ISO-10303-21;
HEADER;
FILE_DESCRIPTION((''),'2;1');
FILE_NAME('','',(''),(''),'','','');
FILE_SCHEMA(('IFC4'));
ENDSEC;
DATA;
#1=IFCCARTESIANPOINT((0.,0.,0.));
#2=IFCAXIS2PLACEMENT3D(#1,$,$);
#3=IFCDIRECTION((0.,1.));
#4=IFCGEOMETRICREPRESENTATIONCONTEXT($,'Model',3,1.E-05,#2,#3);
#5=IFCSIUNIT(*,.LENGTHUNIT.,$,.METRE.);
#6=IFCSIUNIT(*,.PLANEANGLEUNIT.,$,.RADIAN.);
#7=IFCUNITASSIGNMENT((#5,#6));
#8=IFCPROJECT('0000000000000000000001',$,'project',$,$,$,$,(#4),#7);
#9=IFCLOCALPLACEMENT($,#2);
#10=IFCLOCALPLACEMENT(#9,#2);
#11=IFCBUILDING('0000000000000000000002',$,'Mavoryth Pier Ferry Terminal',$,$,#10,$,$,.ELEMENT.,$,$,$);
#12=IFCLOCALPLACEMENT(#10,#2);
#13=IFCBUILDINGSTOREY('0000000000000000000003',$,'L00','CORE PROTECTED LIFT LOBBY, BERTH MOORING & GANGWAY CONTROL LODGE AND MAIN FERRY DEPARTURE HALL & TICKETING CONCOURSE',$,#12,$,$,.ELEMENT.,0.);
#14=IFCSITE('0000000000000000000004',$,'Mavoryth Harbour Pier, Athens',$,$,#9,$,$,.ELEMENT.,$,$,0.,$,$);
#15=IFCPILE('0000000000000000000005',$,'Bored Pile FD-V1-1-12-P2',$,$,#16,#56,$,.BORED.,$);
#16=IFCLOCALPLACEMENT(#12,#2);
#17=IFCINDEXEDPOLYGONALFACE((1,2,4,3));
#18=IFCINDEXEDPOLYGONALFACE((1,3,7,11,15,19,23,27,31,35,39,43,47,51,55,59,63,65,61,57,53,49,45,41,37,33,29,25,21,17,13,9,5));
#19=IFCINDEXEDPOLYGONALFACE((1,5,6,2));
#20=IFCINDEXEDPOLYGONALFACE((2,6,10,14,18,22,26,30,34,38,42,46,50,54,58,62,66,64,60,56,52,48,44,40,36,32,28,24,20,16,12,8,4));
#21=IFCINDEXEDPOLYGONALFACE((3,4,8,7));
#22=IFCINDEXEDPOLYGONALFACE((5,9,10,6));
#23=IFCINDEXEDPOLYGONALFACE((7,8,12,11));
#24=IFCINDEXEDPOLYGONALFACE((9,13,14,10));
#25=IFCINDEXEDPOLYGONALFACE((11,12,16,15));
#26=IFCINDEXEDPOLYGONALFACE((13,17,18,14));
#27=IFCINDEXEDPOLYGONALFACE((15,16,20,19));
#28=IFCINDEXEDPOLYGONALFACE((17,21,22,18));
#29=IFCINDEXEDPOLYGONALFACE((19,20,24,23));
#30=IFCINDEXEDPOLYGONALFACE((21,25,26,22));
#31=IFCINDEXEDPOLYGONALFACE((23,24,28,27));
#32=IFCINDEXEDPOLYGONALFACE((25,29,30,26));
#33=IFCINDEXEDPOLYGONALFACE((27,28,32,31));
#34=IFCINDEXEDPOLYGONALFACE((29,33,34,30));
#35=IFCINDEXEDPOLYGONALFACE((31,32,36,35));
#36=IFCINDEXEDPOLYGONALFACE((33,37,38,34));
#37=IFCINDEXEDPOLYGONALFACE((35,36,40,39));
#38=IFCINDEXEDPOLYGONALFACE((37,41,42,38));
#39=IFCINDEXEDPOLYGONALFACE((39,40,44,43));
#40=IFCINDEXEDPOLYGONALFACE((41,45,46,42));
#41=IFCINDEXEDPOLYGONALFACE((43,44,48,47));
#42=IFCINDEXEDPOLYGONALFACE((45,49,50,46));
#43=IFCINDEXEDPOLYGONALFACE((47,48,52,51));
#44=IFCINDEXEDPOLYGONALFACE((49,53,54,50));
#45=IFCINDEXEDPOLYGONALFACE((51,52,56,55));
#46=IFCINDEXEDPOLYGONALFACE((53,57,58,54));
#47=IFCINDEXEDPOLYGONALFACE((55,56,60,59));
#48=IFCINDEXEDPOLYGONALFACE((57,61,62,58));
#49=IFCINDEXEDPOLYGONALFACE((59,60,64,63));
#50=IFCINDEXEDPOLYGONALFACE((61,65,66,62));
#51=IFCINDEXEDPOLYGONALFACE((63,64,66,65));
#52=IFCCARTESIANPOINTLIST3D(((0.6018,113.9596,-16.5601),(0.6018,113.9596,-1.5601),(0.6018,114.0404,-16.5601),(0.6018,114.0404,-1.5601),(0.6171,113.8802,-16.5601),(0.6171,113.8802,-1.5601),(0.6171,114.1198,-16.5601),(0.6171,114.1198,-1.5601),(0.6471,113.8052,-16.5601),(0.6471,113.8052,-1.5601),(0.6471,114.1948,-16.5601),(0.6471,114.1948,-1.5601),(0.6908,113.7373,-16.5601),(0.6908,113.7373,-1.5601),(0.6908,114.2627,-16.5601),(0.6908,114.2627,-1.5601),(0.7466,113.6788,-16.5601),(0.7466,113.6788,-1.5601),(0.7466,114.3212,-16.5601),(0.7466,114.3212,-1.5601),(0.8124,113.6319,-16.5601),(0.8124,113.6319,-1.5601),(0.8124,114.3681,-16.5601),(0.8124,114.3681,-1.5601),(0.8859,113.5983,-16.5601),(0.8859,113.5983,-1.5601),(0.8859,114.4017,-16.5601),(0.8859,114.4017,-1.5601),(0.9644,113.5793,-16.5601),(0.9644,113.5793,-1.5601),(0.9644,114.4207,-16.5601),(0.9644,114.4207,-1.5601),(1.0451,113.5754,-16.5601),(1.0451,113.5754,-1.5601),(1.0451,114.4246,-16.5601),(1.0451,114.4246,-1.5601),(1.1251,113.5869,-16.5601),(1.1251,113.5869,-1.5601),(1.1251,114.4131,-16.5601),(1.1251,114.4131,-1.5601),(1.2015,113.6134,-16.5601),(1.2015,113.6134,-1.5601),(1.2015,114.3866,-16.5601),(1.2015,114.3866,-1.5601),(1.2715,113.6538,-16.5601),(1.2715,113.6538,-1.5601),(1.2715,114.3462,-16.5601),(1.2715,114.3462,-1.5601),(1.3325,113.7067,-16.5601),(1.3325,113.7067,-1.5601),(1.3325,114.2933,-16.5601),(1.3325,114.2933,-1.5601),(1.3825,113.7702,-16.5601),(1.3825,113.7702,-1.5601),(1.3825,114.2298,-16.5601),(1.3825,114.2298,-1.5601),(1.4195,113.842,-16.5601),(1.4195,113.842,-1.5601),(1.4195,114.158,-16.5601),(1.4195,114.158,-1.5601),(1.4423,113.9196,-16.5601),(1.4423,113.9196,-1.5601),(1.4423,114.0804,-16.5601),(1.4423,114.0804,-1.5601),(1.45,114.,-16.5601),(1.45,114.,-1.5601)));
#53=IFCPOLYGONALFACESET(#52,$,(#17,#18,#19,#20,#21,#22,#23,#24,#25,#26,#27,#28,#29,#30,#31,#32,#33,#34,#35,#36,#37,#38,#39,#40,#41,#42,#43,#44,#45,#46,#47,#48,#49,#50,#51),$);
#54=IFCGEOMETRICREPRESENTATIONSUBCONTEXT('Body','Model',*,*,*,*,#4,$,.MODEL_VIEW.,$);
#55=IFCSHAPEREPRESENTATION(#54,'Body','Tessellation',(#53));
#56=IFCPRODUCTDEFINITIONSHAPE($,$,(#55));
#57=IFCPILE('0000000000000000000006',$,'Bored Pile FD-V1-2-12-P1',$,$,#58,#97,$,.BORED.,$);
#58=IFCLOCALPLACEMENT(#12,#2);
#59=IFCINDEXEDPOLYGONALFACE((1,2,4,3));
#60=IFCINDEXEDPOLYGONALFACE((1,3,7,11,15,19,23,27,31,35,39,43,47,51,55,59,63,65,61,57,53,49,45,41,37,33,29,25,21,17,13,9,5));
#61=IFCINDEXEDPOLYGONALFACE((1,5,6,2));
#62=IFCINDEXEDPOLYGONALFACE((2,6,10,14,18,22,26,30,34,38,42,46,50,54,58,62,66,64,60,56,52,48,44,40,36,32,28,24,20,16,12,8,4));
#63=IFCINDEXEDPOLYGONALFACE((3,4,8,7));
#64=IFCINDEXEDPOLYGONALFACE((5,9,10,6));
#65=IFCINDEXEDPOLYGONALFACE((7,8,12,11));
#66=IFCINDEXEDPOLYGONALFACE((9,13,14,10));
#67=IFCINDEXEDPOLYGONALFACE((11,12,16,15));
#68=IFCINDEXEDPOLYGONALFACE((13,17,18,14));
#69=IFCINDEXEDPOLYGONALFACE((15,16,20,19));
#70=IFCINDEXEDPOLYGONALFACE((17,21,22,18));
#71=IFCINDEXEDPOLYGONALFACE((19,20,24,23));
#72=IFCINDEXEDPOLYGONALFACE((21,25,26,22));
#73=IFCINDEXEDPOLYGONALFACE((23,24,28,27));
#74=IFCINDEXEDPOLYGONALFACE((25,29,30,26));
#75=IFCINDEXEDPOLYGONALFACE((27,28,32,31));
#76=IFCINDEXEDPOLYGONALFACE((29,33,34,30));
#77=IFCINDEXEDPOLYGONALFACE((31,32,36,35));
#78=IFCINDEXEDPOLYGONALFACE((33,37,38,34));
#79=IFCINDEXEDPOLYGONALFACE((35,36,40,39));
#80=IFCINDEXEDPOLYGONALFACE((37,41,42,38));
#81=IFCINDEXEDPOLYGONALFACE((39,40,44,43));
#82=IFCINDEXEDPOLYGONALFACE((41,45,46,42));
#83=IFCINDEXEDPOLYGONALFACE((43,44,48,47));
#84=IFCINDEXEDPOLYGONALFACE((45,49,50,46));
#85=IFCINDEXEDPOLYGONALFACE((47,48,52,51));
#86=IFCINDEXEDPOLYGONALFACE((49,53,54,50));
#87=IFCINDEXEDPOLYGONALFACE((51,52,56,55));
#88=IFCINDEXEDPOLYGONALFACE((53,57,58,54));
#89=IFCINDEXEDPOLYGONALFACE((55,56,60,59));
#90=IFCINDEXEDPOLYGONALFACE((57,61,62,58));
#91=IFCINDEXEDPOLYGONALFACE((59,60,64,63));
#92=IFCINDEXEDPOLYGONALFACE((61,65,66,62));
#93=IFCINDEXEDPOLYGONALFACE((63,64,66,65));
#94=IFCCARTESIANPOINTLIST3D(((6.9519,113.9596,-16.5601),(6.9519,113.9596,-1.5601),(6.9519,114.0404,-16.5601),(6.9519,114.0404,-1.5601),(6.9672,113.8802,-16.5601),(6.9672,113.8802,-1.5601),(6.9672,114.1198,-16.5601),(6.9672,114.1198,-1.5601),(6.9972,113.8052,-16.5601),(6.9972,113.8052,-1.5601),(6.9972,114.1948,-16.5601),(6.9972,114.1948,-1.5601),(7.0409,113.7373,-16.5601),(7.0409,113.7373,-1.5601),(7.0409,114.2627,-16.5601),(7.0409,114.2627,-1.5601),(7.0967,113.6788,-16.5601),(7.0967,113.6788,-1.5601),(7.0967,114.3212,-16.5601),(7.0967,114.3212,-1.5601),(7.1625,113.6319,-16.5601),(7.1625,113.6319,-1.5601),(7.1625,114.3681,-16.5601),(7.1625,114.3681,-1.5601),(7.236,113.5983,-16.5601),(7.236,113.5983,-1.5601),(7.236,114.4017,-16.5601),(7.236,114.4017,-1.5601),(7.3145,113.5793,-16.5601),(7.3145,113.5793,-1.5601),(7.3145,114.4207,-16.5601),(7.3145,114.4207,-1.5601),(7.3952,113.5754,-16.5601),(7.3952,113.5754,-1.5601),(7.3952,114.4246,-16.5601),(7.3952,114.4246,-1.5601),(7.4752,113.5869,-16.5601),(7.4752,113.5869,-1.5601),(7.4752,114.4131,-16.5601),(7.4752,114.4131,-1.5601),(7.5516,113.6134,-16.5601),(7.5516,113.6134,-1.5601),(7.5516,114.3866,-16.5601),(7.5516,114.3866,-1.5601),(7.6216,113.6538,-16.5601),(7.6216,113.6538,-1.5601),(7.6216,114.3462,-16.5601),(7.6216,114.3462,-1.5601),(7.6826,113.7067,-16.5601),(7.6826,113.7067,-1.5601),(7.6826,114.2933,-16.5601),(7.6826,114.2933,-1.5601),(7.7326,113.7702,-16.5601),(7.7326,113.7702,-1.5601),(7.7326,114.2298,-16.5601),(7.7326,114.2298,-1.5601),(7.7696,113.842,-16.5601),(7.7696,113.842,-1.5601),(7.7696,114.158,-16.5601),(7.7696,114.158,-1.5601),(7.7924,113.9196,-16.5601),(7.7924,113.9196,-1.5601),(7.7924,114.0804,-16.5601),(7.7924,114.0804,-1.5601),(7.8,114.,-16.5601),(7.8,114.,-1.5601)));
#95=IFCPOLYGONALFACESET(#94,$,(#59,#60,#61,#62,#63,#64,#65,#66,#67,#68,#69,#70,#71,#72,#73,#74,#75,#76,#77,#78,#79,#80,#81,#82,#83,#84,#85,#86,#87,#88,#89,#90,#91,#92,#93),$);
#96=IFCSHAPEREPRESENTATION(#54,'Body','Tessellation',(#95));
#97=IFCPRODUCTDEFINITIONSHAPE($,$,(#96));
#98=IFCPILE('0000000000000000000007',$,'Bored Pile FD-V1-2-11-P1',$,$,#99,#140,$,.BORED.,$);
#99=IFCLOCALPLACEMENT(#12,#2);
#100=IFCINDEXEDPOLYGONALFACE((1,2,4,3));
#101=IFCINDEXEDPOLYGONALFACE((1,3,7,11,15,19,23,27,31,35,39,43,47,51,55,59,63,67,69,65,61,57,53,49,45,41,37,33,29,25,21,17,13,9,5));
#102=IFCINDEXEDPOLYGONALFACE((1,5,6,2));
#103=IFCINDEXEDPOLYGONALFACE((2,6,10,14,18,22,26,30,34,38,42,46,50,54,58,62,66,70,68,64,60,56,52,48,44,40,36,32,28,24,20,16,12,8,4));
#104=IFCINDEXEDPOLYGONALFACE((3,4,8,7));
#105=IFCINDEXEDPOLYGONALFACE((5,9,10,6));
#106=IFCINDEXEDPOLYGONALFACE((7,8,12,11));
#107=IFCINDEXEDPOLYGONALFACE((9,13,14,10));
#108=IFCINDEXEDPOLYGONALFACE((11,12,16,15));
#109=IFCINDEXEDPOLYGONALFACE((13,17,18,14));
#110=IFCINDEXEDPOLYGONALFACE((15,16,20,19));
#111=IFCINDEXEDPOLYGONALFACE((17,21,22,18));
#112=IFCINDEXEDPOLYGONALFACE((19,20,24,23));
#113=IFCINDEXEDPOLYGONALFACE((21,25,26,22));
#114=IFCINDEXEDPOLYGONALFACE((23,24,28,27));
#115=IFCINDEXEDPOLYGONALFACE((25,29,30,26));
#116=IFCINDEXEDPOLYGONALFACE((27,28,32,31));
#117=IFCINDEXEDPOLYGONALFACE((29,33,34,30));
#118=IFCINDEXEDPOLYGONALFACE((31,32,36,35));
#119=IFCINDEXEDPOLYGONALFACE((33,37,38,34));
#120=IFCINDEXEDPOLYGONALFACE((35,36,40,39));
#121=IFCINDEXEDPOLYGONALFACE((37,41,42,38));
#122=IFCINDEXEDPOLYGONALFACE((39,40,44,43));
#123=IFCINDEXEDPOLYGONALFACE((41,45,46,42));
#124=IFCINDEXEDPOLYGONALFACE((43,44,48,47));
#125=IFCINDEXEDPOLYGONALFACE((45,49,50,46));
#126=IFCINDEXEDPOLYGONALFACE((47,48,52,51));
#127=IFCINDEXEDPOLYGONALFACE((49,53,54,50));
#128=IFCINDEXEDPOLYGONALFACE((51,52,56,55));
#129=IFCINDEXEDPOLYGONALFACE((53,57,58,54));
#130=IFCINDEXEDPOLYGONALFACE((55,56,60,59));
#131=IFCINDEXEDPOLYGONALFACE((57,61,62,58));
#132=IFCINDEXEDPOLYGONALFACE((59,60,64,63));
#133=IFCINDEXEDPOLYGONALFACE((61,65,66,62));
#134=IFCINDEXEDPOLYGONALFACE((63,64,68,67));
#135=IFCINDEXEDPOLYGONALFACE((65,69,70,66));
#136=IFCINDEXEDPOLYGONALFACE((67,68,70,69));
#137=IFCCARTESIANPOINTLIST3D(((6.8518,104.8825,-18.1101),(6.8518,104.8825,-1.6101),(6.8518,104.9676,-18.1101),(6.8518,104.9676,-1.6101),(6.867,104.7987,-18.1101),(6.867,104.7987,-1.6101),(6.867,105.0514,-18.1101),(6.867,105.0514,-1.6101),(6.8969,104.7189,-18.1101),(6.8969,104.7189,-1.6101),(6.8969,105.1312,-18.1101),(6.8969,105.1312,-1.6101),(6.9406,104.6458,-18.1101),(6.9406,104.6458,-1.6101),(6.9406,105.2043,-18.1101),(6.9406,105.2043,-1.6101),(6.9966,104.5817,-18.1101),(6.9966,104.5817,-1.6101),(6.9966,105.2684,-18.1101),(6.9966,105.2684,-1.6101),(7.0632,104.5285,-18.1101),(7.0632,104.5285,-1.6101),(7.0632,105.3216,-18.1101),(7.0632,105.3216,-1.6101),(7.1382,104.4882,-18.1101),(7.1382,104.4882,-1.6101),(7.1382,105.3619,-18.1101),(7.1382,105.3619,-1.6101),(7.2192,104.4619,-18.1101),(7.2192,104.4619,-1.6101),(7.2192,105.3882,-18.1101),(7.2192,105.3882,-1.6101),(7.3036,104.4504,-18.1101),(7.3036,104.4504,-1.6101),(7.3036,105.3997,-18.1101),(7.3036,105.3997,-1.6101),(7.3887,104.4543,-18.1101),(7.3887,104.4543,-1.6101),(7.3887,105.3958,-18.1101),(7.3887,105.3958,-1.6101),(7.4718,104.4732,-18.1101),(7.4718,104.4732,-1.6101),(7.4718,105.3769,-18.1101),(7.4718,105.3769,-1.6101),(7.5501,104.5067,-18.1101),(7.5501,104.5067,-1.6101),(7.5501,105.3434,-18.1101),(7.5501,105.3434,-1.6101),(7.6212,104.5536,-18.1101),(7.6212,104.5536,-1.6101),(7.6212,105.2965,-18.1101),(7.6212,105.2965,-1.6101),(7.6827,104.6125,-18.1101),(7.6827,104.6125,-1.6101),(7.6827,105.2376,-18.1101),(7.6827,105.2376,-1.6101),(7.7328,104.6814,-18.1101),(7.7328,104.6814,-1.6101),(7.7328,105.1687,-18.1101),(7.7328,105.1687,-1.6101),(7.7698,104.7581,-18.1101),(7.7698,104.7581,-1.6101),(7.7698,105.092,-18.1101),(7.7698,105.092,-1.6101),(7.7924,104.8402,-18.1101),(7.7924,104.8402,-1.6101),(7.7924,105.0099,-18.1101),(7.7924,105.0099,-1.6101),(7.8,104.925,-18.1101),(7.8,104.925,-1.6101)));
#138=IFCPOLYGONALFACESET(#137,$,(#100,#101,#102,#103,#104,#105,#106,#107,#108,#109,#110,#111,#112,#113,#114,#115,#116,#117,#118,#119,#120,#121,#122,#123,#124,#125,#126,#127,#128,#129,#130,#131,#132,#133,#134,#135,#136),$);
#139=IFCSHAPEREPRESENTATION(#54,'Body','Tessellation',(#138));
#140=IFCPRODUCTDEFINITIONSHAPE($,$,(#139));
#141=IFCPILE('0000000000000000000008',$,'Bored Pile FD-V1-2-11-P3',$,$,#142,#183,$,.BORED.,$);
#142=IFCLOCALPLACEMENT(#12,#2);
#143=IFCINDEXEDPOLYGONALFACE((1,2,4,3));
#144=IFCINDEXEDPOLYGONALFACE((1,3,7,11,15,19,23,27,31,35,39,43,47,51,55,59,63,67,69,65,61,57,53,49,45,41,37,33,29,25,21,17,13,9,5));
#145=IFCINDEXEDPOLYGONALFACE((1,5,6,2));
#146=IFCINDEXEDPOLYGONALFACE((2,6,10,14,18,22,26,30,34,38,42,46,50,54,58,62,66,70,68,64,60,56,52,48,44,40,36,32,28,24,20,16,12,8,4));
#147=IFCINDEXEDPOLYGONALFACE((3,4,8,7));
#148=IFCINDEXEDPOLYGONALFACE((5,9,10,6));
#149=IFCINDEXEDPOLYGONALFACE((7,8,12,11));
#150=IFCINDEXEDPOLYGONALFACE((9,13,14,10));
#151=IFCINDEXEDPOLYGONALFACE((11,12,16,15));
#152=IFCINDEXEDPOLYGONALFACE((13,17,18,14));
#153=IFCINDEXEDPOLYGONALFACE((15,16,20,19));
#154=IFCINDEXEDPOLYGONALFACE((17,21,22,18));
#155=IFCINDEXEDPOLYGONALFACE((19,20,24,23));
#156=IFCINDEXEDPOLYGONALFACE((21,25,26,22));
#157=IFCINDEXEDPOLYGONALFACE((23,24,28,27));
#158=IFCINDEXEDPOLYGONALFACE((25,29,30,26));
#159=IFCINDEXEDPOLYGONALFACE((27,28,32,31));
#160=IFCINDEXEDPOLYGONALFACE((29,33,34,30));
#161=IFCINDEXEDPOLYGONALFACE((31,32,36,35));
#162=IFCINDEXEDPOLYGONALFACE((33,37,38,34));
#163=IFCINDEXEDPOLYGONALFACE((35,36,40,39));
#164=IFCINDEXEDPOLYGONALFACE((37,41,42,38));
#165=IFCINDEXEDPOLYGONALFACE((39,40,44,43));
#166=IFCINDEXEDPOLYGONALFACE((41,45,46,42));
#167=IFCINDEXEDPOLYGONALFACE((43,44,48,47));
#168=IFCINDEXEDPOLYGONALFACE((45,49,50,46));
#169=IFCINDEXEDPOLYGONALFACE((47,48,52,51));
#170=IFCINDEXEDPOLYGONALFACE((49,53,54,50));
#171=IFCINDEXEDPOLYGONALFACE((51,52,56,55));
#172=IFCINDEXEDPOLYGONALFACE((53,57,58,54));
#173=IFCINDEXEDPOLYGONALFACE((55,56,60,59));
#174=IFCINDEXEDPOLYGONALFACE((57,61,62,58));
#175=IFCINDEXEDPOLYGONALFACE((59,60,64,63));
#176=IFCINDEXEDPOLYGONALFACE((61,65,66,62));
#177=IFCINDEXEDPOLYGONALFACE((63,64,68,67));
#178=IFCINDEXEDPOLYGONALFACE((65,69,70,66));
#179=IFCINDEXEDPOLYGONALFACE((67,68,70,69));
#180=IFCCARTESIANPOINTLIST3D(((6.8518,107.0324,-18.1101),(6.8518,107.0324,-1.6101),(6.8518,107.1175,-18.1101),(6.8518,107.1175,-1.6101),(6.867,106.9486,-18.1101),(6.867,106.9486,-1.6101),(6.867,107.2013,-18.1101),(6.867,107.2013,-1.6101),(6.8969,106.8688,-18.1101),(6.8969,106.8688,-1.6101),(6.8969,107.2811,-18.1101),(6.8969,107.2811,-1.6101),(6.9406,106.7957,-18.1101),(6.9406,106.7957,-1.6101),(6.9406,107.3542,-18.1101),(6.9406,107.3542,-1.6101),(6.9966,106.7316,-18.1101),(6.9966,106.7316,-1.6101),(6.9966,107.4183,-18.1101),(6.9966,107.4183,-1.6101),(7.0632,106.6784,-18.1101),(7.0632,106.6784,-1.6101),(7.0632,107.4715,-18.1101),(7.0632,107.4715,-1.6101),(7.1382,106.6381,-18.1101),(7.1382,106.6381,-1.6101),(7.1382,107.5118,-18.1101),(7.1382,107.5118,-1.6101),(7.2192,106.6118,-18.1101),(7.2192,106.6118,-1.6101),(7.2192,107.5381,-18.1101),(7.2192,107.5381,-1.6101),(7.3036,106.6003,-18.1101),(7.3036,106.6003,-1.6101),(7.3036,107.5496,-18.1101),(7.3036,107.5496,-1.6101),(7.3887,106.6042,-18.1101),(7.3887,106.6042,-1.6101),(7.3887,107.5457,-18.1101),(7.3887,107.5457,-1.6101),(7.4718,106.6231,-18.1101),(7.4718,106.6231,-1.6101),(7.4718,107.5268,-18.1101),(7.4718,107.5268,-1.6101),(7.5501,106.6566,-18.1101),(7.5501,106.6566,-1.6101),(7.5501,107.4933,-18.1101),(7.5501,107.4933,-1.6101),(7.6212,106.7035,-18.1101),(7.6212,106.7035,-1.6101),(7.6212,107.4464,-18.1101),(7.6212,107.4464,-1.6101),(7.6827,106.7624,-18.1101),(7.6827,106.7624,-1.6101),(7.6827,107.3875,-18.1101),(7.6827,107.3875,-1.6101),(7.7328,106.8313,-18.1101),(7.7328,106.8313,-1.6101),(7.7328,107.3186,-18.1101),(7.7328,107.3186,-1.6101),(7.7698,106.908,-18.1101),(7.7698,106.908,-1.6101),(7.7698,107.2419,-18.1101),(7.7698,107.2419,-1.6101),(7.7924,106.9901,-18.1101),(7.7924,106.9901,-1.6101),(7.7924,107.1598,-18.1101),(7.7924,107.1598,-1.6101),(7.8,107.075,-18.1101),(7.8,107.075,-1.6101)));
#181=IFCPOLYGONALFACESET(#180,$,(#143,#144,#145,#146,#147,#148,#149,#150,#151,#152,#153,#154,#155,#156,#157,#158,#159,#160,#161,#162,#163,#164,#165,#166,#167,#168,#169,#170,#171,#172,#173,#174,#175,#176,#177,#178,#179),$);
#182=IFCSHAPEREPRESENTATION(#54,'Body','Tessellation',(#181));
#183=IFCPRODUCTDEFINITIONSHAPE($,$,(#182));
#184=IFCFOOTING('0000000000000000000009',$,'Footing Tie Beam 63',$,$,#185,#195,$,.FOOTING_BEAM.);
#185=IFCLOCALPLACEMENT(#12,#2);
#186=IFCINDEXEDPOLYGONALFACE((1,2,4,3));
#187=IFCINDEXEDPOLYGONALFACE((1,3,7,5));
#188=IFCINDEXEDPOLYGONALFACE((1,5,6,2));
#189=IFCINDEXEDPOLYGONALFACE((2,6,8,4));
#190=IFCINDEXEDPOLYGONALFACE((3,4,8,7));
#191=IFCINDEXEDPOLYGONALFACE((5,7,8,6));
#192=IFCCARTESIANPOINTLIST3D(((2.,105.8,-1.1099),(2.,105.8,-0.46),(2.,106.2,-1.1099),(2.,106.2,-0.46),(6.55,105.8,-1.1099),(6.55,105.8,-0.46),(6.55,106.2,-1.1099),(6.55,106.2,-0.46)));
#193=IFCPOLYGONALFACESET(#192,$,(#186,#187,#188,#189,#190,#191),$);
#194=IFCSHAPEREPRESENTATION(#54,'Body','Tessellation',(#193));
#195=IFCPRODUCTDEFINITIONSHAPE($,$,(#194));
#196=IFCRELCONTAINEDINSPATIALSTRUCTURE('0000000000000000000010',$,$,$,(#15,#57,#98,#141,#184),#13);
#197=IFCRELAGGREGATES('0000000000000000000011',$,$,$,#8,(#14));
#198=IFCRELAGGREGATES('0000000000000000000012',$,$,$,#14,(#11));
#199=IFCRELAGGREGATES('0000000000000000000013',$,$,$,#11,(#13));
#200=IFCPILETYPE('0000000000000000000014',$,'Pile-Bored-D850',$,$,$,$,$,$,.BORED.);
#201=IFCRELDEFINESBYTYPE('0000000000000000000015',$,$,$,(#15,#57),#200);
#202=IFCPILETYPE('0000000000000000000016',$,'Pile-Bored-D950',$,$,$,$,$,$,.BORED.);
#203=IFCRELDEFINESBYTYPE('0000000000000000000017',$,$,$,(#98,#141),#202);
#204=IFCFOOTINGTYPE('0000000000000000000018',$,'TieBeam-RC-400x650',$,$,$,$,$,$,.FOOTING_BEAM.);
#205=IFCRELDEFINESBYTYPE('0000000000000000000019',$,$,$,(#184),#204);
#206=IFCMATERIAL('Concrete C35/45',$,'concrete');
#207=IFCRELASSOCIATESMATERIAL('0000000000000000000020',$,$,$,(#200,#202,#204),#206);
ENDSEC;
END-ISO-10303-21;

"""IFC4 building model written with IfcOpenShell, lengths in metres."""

from ifc_helpers import new_model, si_unit, direction, frame, origin, origin_2d, place, context, subcontext, project, spatial, rectangle, circle, extrude, material, material_profile, profile_set, type_object, element, save


model = new_model("IFC4")

# Units and contexts
model_context = context("Model", 3, precision=1e-05, world=origin(), true_north=direction((0.0, 1.0)))
body_context = subcontext(model_context, "Body", "Model", "MODEL_VIEW")
ifc_project = project(units=[si_unit("LENGTHUNIT", "METRE"), si_unit("PLANEANGLEUNIT", "RADIAN")], contexts=[model_context])

# Site, building, storey
site_placement = place(None, origin())
site = spatial("IfcSite", under=ifc_project, at=site_placement, Name="Mavoryth Harbour Pier, Athens", CompositionType="ELEMENT", RefElevation=0.0)
building_placement = place(site_placement, origin())
building = spatial("IfcBuilding", under=site, at=building_placement, Name="Mavoryth Pier Ferry Terminal", CompositionType="ELEMENT")
storey_placement = place(building_placement, origin())
storey = spatial("IfcBuildingStorey", under=building, at=storey_placement, Name="L00", Description="CORE PROTECTED LIFT LOBBY, BERTH MOORING & GANGWAY CONTROL LODGE AND MAIN FERRY DEPARTURE HALL & TICKETING CONCOURSE", CompositionType="ELEMENT", Elevation=0.0)

# Shared definitions
ifc_material_1 = material(Name="Concrete C35/45", Category="concrete")

# Piles
ifc_material_profile_1 = material_profile(ifc_material_1, circle(Radius=0.425, at=origin_2d()), Name="PILE D850", Category="concrete")
ifc_profile_set_1 = profile_set([ifc_material_profile_1], Name="Concrete C35/45 - PILE D850")
pile_type_1 = type_object("IfcPileType", Name="Pile-Bored-D850", PredefinedType="BORED", material=ifc_profile_set_1)
for number, where, z_axis, x_axis, name in (
    (1, (1.0249, 114.0, -1.5601), (0.0, 0.0, -1.0), (1.0, 0.0, 0.0), "Bored Pile FD-V1-1-12-P2"),
    (2, (7.375, 114.0, -1.5601), (0.0, 0.0, -1.0), (1.0, 0.0, 0.0), "Bored Pile FD-V1-2-12-P1"),
):
    element("IfcPile", number, at=place(storey_placement, frame(where, z_axis=z_axis, x_axis=x_axis)), inside=storey, type_object=pile_type_1, Name=name, PredefinedType="BORED", context=body_context, shape_type="SweptSolid", body=[
        extrude(circle(Radius=0.425, at=origin_2d()), origin(), (0.0, 0.0, 1.0), 15.0),
    ])
ifc_material_profile_2 = material_profile(ifc_material_1, circle(Radius=0.4751, at=origin_2d()), Name="PILE D950", Category="concrete")
ifc_profile_set_2 = profile_set([ifc_material_profile_2], Name="Concrete C35/45 - PILE D950")
pile_type_2 = type_object("IfcPileType", Name="Pile-Bored-D950", PredefinedType="BORED", material=ifc_profile_set_2)
for number, where, z_axis, x_axis, name in (
    (3, (7.325, 104.925, -1.6101), (0.0, 0.0, -1.0), (1.0, 0.0, 0.0), "Bored Pile FD-V1-2-11-P1"),
    (4, (7.325, 107.075, -1.6101), (0.0, 0.0, -1.0), (1.0, 0.0, 0.0), "Bored Pile FD-V1-2-11-P3"),
):
    element("IfcPile", number, at=place(storey_placement, frame(where, z_axis=z_axis, x_axis=x_axis)), inside=storey, type_object=pile_type_2, Name=name, PredefinedType="BORED", context=body_context, shape_type="SweptSolid", body=[
        extrude(circle(Radius=0.4751, at=origin_2d()), origin(), (0.0, 0.0, 1.0), 16.5),
    ])

# Footing
ifc_material_profile_3 = material_profile(ifc_material_1, rectangle(XDim=0.3999, YDim=0.6499, at=origin_2d()), Name="RC 400x650", Category="concrete")
ifc_profile_set_3 = profile_set([ifc_material_profile_3], Name="Concrete C35/45 - RC 400x650")
footing_type_1 = type_object("IfcFootingType", Name="TieBeam-RC-400x650", PredefinedType="FOOTING_BEAM", material=ifc_profile_set_3)
footing_1_placement = place(storey_placement, frame((2.0, 106.0, -0.7849), z_axis=(1.0, 0.0, 0.0), x_axis=(0.0, 1.0, 0.0)))
element("IfcFooting", 5, at=footing_1_placement, inside=storey, type_object=footing_type_1, Name="Footing Tie Beam 63", PredefinedType="FOOTING_BEAM", context=body_context, shape_type="SweptSolid", body=[
    extrude(rectangle(XDim=0.3999, YDim=0.6499, at=origin_2d()), origin(), (0.0, 0.0, 1.0), 4.55),
])

save(model, "model.ifc")
